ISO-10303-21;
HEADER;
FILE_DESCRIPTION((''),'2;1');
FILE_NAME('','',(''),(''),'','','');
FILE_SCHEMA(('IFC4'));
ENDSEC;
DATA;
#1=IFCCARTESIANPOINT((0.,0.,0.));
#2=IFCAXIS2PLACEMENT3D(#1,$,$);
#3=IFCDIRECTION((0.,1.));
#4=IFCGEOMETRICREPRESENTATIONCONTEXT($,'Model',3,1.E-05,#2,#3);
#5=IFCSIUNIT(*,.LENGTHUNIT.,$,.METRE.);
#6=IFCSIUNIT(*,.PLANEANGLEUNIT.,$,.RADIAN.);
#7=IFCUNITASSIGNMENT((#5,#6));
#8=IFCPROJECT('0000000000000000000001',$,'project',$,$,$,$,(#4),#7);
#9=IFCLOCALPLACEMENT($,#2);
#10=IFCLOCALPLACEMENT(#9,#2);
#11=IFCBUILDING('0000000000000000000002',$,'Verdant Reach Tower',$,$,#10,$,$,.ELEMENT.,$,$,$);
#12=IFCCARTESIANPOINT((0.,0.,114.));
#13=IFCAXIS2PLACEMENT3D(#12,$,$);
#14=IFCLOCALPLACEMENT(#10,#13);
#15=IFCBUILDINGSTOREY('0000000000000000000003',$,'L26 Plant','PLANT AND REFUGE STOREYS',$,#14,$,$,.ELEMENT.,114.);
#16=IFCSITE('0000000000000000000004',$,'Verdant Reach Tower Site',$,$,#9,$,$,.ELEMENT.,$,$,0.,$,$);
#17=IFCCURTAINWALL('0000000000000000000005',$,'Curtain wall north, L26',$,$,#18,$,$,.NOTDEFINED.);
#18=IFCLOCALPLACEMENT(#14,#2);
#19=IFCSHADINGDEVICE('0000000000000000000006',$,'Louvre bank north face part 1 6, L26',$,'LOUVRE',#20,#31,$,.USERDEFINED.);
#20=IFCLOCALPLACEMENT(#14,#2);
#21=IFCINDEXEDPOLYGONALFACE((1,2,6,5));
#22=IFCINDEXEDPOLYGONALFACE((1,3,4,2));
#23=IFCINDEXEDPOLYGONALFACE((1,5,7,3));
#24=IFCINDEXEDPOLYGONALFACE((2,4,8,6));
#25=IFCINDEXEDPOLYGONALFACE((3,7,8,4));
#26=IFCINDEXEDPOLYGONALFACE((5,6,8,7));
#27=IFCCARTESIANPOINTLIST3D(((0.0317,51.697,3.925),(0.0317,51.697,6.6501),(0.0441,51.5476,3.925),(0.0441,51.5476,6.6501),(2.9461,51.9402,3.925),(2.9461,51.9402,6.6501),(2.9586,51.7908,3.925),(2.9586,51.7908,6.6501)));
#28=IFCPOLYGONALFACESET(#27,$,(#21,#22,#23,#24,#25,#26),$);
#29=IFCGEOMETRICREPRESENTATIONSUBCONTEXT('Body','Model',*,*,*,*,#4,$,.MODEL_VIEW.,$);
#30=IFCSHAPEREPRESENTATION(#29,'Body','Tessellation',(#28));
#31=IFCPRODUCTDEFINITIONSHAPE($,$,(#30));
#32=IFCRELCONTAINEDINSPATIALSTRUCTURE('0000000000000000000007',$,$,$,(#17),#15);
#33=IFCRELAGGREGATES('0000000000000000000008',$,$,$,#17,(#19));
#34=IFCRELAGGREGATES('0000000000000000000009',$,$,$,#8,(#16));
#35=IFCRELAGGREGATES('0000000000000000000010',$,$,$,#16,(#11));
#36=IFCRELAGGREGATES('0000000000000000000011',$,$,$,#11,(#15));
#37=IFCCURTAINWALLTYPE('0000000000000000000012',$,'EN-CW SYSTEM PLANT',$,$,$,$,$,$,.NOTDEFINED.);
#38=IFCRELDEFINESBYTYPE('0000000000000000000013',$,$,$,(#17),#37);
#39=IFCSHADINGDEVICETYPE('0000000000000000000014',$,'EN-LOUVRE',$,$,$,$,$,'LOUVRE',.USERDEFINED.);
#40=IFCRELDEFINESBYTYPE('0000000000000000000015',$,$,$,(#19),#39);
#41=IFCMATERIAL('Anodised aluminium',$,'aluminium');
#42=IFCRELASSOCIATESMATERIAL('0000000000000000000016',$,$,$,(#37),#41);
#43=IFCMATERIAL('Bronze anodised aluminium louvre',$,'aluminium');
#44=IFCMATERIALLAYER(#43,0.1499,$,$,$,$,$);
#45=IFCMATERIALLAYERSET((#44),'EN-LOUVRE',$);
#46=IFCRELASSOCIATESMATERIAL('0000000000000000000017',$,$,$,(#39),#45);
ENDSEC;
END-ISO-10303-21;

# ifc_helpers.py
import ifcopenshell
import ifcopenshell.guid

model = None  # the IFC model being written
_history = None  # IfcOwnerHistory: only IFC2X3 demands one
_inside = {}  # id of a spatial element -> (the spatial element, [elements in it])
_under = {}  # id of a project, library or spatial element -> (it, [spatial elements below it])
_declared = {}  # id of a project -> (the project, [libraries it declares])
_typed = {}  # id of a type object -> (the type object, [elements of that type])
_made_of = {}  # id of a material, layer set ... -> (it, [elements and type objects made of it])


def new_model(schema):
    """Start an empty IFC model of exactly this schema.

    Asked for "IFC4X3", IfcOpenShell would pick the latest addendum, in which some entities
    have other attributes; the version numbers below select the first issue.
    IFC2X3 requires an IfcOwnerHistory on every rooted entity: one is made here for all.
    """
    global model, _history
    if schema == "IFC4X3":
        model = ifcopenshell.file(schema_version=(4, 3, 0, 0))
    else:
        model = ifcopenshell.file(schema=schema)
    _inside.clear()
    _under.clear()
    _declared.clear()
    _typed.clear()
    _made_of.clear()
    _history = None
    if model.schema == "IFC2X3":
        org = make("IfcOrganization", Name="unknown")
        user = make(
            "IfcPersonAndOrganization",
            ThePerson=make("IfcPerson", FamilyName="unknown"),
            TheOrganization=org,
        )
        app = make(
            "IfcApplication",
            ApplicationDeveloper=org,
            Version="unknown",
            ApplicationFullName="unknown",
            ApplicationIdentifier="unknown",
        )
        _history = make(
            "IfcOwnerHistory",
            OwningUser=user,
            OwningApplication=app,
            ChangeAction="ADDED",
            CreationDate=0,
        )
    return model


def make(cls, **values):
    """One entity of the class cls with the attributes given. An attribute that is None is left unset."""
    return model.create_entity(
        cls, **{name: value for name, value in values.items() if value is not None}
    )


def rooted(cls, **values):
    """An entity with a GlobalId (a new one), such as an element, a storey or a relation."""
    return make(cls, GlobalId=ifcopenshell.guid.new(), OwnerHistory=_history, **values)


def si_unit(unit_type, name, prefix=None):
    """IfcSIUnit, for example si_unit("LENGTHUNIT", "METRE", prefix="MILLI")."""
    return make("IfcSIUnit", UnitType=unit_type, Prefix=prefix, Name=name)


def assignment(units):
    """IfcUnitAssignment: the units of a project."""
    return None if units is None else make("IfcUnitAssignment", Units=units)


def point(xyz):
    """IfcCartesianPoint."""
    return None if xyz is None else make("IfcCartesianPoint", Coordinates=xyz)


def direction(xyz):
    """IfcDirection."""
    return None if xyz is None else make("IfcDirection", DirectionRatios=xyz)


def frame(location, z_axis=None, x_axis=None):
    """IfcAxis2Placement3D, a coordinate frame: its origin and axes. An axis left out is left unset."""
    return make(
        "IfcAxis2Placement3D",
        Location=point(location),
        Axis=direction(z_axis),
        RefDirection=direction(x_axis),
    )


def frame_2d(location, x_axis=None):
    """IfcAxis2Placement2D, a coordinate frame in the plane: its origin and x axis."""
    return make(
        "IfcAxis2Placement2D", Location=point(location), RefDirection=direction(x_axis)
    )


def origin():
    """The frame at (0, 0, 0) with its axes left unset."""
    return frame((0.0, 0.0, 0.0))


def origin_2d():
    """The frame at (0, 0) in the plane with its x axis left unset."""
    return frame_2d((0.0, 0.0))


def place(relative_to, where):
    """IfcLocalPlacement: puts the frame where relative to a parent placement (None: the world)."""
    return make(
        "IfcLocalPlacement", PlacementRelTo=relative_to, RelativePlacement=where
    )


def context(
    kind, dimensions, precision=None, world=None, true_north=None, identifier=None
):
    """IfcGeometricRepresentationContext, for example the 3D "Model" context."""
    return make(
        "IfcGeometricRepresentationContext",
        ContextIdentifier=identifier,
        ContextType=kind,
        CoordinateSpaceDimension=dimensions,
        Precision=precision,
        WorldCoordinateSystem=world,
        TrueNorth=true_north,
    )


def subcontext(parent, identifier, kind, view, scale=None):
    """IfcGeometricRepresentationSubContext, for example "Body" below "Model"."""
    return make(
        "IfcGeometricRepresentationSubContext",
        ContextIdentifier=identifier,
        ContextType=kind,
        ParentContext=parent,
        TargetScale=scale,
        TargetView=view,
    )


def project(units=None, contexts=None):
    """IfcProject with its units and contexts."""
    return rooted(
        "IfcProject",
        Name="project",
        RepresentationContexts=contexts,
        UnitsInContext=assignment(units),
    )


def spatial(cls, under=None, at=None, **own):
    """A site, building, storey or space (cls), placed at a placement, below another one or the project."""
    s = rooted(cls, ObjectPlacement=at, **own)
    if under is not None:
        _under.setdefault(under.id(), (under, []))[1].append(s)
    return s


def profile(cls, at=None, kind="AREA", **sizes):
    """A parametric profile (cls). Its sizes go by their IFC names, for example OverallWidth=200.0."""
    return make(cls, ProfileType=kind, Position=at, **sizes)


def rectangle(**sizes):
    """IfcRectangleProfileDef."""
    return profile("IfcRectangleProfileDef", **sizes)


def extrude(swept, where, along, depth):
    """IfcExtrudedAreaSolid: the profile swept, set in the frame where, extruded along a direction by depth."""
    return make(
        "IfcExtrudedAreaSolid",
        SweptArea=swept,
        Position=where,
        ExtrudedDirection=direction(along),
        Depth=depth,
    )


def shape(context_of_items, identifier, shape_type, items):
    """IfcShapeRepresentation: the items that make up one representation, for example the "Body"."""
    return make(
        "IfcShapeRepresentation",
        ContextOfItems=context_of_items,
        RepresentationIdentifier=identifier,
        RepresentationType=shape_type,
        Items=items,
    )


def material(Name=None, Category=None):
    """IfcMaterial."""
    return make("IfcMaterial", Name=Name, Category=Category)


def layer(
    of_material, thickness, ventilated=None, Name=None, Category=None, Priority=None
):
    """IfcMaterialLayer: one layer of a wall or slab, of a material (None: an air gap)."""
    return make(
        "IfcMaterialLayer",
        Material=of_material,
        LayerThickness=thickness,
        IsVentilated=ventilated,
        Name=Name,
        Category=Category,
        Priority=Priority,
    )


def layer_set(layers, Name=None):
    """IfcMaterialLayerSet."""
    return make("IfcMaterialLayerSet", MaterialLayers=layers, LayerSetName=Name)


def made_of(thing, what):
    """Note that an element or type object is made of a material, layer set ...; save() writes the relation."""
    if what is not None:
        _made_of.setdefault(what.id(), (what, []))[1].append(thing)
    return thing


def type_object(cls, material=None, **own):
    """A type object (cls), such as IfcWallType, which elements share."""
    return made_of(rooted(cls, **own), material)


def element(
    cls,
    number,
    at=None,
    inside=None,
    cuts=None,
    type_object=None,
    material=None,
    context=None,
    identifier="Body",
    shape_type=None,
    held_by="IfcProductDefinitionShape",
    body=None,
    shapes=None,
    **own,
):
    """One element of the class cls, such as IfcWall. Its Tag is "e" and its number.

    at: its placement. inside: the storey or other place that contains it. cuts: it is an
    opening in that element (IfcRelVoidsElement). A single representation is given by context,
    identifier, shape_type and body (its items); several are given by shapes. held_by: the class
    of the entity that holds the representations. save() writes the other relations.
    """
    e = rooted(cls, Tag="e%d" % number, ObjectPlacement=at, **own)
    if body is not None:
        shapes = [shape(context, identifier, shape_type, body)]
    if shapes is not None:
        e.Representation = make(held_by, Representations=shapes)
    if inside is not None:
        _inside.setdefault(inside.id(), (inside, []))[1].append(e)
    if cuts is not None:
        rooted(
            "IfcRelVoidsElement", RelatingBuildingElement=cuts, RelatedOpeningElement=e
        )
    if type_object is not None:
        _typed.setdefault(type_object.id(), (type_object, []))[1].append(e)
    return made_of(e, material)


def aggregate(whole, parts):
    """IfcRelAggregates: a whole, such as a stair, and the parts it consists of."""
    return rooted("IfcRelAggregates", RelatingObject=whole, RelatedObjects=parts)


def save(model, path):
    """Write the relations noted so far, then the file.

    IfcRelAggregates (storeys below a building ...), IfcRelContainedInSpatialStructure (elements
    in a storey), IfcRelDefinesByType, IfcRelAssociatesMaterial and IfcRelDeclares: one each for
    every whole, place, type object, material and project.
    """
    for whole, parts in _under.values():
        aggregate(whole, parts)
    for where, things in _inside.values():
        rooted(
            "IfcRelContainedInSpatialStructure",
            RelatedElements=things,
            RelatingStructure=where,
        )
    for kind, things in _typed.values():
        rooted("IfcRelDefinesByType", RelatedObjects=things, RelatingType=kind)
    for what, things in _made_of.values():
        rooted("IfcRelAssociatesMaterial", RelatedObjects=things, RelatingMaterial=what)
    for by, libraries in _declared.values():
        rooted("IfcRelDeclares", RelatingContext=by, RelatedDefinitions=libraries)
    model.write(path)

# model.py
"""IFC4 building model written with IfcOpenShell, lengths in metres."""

from ifc_helpers import new_model, si_unit, direction, frame, origin, origin_2d, place, context, subcontext, project, spatial, rectangle, extrude, material, layer, layer_set, type_object, element, aggregate, save


model = new_model("IFC4")

# Units and contexts
model_context = context("Model", 3, precision=1e-05, world=origin(), true_north=direction((0.0, 1.0)))
body_context = subcontext(model_context, "Body", "Model", "MODEL_VIEW")
ifc_project = project(units=[si_unit("LENGTHUNIT", "METRE"), si_unit("PLANEANGLEUNIT", "RADIAN")], contexts=[model_context])

# Site, building, storey
site_placement = place(None, origin())
site = spatial("IfcSite", under=ifc_project, at=site_placement, Name="Verdant Reach Tower Site", CompositionType="ELEMENT", RefElevation=0.0)
building_placement = place(site_placement, origin())
building = spatial("IfcBuilding", under=site, at=building_placement, Name="Verdant Reach Tower", CompositionType="ELEMENT")
storey_placement = place(building_placement, frame((0.0, 0.0, 114.0)))
storey = spatial("IfcBuildingStorey", under=building, at=storey_placement, Name="L26 Plant", Description="PLANT AND REFUGE STOREYS", CompositionType="ELEMENT", Elevation=114.0)

# Curtain wall
ifc_material_1 = material(Name="Anodised aluminium", Category="aluminium")
curtain_wall_type = type_object("IfcCurtainWallType", Name="EN-CW SYSTEM PLANT", PredefinedType="NOTDEFINED", material=ifc_material_1)
curtain_wall_placement = place(storey_placement, origin())
curtain_wall = element("IfcCurtainWall", 1, at=curtain_wall_placement, inside=storey, type_object=curtain_wall_type, Name="Curtain wall north, L26", PredefinedType="NOTDEFINED")

# Shading device
ifc_material_2 = material(Name="Bronze anodised aluminium louvre", Category="aluminium")
ifc_layer_1 = layer(ifc_material_2, 0.1499)
ifc_layer_set_1 = layer_set([ifc_layer_1], Name="EN-LOUVRE")
shading_device_type = type_object("IfcShadingDeviceType", Name="EN-LOUVRE", ElementType="LOUVRE", PredefinedType="USERDEFINED", material=ifc_layer_set_1)
shading_device_1_placement = place(storey_placement, frame((1.4951, 51.7439, 3.925), z_axis=(0.0, 0.0, 1.0), x_axis=(-0.996534, -0.083182, 0.0)))
shading_device_1 = element("IfcShadingDevice", 2, at=shading_device_1_placement, type_object=shading_device_type, Name="Louvre bank north face part 1 6, L26", ObjectType="LOUVRE", PredefinedType="USERDEFINED", context=body_context, shape_type="SweptSolid", body=[
    extrude(rectangle(XDim=2.9246, YDim=0.1499, at=origin_2d()), origin(), (0.0, 0.0, 1.0), 2.7251),
])
aggregate(curtain_wall, [shading_device_1])

save(model, "model.ifc")
